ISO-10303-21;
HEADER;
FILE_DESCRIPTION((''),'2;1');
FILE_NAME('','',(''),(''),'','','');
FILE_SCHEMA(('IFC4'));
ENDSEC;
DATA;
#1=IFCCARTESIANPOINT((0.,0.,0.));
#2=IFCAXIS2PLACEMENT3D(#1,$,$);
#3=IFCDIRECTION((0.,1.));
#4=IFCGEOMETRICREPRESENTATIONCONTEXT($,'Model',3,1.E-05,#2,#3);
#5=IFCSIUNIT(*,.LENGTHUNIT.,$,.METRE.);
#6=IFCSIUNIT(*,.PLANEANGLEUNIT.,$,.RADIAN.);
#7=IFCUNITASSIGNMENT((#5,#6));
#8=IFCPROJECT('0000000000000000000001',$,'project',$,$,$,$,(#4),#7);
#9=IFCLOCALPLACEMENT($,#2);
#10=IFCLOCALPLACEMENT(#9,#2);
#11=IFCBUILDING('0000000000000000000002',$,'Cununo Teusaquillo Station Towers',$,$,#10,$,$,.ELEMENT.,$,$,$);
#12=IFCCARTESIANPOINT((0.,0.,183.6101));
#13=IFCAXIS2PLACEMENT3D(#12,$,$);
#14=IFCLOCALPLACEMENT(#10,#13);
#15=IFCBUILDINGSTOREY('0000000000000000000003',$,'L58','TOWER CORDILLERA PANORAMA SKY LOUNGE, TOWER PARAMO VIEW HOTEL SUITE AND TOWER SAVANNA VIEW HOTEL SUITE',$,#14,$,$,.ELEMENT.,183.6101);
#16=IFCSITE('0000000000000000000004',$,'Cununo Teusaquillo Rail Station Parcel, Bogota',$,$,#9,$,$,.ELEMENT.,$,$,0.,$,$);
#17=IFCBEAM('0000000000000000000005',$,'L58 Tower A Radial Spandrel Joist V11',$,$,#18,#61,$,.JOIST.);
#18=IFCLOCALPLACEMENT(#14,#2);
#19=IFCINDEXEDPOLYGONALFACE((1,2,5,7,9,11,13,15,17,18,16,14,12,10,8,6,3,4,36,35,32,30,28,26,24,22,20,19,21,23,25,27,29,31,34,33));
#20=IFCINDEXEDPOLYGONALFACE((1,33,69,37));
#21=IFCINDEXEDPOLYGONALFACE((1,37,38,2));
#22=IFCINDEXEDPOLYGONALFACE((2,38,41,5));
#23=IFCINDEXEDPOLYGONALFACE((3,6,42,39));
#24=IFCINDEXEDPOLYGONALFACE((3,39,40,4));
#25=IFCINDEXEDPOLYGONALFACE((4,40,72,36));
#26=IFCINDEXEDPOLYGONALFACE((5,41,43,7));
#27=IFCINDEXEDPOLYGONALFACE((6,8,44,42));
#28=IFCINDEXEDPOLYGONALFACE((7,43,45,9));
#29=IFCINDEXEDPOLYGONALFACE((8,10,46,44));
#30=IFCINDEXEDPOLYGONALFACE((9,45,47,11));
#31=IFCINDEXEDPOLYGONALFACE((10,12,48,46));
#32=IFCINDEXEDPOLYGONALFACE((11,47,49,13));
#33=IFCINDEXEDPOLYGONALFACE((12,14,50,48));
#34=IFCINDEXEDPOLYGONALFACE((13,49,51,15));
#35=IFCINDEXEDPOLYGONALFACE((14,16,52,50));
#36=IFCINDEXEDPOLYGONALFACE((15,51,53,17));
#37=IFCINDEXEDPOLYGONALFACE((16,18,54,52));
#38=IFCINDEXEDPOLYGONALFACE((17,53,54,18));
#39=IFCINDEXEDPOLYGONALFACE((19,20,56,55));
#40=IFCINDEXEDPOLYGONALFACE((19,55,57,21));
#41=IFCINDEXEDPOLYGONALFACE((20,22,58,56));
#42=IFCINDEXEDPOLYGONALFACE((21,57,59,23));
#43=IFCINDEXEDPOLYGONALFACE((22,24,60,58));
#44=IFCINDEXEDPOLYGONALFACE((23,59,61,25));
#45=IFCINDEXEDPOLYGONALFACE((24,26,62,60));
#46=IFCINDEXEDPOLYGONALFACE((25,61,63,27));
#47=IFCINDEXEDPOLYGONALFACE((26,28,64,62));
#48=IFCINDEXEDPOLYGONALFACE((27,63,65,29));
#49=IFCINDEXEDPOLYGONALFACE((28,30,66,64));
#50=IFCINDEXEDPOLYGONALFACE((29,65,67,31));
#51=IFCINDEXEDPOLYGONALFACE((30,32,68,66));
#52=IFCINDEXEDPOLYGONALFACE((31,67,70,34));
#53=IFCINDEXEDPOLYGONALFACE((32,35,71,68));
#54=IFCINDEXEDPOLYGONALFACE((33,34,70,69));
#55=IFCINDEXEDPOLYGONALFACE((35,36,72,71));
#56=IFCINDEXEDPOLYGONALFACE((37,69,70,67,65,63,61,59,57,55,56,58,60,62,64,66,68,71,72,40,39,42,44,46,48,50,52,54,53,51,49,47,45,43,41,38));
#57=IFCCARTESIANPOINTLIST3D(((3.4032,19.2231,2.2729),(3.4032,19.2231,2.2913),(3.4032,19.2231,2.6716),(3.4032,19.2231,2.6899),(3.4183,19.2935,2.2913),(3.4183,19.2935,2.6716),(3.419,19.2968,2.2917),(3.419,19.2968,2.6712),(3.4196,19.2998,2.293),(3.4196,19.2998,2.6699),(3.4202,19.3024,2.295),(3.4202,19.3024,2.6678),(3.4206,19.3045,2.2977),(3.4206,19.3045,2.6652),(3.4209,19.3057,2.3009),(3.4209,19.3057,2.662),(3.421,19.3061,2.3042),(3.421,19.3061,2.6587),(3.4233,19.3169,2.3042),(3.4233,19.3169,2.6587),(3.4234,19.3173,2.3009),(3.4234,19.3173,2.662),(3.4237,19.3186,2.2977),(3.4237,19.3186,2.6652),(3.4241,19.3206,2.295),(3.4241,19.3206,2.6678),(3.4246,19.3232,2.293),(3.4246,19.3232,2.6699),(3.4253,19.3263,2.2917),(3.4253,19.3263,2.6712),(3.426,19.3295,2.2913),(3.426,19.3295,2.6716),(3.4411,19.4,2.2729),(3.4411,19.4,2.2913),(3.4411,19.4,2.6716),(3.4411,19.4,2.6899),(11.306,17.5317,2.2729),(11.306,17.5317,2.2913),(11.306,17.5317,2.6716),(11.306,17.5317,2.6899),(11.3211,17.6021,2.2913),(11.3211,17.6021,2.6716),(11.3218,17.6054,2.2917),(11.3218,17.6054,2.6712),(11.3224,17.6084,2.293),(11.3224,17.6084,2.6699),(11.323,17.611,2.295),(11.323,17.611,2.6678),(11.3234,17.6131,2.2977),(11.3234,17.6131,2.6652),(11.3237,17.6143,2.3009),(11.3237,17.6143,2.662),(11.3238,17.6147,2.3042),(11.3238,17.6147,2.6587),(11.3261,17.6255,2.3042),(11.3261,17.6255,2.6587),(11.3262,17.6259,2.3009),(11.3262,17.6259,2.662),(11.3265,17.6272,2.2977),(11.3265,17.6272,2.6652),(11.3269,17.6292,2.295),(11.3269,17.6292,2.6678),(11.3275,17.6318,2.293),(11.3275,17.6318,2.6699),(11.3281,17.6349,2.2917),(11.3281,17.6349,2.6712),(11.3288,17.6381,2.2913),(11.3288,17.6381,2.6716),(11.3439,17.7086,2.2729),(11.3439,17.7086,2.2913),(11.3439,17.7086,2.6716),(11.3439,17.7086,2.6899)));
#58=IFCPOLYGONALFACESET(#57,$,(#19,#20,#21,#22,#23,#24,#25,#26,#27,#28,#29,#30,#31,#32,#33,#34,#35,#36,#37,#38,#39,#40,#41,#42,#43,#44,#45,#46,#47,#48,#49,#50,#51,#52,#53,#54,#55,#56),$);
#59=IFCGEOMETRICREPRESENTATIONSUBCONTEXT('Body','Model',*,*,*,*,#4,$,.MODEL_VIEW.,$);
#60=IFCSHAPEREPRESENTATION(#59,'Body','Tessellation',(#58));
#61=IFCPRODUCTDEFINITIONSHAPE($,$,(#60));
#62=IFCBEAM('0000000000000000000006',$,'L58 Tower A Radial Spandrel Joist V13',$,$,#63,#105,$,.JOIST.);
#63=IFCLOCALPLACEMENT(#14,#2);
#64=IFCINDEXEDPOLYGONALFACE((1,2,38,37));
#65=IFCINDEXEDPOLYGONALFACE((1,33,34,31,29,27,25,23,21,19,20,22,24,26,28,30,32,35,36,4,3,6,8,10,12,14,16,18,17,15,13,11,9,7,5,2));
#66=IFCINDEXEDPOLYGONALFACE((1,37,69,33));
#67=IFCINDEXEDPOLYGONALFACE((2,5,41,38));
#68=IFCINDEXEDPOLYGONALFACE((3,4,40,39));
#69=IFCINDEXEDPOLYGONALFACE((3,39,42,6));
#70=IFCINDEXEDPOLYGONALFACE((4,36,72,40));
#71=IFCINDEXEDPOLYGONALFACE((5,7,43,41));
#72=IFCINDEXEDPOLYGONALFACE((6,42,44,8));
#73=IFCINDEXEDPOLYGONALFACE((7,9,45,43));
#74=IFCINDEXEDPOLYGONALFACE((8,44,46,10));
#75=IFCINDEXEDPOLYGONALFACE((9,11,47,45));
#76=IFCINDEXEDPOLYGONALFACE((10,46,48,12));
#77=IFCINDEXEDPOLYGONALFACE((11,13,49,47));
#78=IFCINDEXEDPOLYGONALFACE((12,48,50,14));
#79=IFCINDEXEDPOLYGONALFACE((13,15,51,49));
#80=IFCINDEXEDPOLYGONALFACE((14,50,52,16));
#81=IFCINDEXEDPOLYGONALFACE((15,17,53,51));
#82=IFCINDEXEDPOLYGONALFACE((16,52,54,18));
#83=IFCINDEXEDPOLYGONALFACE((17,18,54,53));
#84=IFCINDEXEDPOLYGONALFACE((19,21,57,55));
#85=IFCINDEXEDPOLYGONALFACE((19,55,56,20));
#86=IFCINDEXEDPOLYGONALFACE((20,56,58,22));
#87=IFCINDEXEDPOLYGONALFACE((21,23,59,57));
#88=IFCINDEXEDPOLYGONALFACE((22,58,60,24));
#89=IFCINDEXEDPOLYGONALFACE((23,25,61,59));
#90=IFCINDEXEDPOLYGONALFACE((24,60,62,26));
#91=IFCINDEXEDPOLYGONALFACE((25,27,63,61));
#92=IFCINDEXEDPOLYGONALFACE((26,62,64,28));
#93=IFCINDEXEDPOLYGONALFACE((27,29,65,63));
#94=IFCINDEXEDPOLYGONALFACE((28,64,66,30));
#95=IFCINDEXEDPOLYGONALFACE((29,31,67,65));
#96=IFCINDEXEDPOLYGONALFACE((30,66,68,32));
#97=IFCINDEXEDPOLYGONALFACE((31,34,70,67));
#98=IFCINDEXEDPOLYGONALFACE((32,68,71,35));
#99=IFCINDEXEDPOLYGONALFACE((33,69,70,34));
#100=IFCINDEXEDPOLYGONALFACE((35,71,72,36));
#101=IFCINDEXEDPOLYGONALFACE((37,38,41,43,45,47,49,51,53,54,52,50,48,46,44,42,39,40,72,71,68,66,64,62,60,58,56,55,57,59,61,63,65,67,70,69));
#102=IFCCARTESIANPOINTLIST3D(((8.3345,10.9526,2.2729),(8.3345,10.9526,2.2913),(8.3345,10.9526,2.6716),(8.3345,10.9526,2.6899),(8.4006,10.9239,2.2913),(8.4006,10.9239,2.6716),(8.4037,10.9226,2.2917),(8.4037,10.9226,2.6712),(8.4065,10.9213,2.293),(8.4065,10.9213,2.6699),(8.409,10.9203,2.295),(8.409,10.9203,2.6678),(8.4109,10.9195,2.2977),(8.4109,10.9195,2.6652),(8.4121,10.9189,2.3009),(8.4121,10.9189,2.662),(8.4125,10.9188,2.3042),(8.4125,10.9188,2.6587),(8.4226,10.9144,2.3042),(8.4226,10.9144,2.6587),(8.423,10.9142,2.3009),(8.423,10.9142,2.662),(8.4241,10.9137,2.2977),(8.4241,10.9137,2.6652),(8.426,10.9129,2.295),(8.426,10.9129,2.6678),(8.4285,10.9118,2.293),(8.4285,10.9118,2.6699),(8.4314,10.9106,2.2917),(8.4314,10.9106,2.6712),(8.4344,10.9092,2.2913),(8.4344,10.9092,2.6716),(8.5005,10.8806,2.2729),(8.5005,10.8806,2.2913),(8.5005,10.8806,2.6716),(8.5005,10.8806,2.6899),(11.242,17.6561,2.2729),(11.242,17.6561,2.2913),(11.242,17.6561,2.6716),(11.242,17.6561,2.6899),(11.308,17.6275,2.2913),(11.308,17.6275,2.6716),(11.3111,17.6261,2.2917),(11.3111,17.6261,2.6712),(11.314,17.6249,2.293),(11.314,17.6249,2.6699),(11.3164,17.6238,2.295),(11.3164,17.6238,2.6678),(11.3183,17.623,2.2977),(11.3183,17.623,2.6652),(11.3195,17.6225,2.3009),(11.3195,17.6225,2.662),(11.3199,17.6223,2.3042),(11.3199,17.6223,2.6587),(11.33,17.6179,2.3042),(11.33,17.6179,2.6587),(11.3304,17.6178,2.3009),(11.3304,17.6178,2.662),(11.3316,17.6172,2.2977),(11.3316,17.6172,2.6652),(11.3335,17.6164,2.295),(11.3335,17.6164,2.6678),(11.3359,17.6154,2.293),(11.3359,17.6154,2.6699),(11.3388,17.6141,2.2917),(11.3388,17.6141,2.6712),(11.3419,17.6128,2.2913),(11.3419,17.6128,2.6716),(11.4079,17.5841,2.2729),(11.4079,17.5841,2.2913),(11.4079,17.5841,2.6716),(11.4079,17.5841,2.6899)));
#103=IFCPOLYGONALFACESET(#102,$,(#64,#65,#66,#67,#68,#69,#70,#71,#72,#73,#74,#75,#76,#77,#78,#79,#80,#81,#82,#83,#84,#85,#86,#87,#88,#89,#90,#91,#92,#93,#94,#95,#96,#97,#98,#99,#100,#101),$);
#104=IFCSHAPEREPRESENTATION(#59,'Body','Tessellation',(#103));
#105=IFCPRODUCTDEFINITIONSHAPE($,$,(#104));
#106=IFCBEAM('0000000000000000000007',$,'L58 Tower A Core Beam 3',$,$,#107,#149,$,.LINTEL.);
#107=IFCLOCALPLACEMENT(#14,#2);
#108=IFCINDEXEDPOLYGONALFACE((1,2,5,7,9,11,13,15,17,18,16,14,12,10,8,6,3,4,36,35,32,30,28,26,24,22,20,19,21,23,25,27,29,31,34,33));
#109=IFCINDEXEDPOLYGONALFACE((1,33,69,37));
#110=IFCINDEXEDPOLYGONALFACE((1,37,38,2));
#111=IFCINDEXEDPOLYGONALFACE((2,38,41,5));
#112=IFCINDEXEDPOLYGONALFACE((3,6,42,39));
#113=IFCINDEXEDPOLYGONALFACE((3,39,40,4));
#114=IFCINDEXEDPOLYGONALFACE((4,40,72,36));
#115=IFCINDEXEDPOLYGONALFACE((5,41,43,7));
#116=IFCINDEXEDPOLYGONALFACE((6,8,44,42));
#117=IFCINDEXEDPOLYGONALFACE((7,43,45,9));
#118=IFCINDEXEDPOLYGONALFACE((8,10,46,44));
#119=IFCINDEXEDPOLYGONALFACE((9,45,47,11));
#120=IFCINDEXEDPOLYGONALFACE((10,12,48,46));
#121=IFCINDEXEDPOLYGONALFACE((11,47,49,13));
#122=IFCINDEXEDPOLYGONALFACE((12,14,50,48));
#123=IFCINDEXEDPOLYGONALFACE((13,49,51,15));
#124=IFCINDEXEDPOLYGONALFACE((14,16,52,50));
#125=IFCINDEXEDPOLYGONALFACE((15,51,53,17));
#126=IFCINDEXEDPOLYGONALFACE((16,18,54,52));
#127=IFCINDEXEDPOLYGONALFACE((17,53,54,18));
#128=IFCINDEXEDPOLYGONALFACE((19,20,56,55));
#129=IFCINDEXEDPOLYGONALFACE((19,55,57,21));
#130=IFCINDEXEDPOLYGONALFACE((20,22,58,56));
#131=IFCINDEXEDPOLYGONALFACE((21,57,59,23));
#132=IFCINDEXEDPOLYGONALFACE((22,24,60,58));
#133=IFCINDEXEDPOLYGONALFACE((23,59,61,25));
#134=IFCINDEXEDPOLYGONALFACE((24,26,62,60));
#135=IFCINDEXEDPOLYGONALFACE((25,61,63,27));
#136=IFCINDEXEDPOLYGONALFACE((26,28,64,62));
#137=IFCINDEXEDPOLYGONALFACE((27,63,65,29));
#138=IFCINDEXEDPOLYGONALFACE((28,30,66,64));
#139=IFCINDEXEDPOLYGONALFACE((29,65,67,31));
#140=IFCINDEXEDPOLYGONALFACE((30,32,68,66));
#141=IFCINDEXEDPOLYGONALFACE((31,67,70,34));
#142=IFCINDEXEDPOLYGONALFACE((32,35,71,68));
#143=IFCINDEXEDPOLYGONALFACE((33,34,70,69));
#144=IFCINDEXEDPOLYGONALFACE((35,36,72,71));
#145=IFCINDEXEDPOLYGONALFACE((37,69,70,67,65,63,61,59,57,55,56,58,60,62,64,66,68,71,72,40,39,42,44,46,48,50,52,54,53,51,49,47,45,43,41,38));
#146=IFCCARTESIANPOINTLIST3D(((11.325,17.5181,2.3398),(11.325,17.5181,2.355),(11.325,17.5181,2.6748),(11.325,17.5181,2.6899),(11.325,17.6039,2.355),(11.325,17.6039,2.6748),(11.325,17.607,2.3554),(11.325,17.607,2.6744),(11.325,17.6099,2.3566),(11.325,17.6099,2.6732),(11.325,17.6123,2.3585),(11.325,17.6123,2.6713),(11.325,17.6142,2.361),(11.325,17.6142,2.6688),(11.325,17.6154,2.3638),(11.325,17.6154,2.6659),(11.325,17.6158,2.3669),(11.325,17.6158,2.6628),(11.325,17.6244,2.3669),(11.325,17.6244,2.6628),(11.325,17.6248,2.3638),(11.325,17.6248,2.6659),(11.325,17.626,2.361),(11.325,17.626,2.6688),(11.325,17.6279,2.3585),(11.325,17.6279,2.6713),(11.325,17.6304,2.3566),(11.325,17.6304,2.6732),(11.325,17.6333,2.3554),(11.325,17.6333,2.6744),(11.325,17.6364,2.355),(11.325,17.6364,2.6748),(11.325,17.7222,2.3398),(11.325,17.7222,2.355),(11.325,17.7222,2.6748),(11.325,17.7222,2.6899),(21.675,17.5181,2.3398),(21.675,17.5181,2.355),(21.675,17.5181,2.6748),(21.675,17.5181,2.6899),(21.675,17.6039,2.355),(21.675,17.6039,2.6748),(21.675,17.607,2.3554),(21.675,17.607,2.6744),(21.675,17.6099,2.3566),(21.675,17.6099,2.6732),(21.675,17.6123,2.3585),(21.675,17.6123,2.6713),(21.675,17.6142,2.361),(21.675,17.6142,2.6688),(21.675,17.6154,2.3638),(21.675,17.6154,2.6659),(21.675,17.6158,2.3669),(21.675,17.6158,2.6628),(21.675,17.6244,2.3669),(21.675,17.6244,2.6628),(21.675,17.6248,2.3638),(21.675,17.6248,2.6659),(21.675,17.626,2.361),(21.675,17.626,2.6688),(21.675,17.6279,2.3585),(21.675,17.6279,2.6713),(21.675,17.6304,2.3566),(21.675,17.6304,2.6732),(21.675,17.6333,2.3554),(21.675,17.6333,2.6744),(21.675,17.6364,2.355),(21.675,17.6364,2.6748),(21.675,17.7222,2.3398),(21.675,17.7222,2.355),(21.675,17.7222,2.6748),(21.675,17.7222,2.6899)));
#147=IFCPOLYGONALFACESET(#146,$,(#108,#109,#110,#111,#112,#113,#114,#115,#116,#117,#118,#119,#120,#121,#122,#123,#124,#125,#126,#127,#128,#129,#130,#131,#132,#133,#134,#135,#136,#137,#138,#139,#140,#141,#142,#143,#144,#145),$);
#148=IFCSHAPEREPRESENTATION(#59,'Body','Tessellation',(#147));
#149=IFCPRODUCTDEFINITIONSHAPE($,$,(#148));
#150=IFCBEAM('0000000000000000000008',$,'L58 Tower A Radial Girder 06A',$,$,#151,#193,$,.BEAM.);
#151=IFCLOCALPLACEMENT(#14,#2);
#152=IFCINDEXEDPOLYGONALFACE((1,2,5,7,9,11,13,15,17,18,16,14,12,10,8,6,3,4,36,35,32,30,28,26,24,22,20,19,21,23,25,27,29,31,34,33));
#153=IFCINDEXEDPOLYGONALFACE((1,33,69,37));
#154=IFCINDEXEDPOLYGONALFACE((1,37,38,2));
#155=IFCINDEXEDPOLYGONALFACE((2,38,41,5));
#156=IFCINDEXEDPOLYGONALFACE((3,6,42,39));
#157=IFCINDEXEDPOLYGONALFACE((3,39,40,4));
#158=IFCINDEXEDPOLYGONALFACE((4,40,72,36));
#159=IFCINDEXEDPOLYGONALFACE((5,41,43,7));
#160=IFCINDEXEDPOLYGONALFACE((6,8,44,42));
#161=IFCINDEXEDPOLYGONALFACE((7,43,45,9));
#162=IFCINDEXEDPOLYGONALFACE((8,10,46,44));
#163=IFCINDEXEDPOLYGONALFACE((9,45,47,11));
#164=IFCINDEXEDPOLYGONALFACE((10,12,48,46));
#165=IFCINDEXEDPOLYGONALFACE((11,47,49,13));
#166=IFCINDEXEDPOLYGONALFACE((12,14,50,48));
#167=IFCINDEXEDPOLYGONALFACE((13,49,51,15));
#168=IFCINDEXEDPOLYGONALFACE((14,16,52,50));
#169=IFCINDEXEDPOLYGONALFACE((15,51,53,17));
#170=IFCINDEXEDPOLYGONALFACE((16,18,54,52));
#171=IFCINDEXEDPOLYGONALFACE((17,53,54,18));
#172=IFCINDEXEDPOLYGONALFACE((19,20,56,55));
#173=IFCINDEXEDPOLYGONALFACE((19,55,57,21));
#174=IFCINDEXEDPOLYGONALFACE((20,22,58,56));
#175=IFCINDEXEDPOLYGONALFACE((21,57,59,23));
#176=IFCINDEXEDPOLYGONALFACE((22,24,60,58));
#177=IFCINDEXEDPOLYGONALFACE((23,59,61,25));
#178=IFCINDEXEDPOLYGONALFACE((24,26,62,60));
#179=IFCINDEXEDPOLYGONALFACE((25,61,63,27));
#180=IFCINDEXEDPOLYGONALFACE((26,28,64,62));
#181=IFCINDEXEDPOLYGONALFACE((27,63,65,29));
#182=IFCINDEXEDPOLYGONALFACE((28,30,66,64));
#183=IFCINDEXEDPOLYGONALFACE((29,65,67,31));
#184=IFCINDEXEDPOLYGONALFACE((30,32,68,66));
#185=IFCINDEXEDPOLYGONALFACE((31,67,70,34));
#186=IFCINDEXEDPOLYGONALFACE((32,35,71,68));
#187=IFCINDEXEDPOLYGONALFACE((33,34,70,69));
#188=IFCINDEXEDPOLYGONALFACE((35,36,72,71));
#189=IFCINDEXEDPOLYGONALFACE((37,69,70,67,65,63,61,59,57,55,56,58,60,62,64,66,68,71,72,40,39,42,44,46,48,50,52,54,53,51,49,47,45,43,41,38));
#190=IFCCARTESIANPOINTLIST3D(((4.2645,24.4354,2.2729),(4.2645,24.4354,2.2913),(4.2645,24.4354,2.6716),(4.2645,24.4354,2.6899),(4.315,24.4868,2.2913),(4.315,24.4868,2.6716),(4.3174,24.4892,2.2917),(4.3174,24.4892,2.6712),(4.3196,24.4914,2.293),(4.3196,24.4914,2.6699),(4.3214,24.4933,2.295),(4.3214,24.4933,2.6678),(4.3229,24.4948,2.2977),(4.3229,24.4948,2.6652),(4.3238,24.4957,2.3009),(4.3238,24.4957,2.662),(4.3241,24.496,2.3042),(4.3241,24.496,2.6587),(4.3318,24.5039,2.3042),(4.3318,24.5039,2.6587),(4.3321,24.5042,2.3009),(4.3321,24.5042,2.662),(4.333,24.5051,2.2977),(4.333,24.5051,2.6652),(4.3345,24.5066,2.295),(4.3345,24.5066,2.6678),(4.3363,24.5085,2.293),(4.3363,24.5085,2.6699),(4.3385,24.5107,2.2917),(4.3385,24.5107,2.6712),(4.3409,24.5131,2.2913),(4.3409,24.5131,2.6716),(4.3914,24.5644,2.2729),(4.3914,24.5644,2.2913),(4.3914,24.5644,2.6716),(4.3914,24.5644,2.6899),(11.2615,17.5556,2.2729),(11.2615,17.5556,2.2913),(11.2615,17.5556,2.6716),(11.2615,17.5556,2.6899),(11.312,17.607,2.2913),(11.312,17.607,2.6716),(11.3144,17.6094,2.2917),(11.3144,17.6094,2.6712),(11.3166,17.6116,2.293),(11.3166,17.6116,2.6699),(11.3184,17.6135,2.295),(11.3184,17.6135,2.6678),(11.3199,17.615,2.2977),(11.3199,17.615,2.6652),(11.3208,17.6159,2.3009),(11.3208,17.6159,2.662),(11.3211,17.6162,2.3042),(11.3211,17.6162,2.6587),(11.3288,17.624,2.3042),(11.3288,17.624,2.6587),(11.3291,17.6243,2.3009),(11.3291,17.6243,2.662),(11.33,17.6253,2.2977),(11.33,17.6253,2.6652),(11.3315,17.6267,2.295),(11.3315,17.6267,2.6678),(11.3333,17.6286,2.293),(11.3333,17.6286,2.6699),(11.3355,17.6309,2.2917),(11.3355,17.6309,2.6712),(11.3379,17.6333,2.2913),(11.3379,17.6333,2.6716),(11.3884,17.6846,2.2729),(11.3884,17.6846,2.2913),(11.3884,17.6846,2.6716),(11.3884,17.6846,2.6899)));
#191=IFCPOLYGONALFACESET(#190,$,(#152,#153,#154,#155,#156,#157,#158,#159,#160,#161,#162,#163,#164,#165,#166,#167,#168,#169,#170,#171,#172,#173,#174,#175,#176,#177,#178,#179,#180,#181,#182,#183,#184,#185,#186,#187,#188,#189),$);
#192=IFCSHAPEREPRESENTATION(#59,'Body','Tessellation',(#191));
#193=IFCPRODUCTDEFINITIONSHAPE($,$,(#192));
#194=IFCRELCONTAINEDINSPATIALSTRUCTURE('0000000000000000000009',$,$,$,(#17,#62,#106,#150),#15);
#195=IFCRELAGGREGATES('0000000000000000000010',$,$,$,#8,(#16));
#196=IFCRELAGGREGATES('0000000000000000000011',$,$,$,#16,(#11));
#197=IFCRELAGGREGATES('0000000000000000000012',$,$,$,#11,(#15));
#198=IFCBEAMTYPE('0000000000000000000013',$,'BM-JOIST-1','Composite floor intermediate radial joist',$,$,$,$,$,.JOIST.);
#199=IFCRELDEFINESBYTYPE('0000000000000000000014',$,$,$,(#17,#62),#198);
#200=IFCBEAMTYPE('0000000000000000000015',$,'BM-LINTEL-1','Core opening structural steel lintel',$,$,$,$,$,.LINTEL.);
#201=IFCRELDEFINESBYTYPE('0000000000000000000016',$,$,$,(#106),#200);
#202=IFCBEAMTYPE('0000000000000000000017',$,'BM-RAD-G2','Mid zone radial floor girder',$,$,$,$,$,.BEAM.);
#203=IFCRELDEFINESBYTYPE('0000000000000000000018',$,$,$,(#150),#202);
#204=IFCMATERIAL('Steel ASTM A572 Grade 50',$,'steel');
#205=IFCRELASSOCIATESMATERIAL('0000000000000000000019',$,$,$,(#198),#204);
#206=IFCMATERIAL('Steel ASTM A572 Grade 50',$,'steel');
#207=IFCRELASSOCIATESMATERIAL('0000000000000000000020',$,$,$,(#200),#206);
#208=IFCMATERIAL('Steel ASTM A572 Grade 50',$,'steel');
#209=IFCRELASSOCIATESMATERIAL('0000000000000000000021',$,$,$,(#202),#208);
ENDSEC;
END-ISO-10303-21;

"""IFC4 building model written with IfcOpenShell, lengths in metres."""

from ifc_helpers import new_model, si_unit, direction, frame, origin, origin_2d, place, context, subcontext, project, spatial, i_section, extrude, material, material_profile, profile_set, type_object, element, save


model = new_model("IFC4")

# Units and contexts
model_context = context("Model", 3, precision=1e-05, world=origin(), true_north=direction((0.0, 1.0)))
body_context = subcontext(model_context, "Body", "Model", "MODEL_VIEW")
ifc_project = project(units=[si_unit("LENGTHUNIT", "METRE"), si_unit("PLANEANGLEUNIT", "RADIAN")], contexts=[model_context])

# Site, building, storey
site_placement = place(None, origin())
site = spatial("IfcSite", under=ifc_project, at=site_placement, Name="Cununo Teusaquillo Rail Station Parcel, Bogota", CompositionType="ELEMENT", RefElevation=0.0)
building_placement = place(site_placement, origin())
building = spatial("IfcBuilding", under=site, at=building_placement, Name="Cununo Teusaquillo Station Towers", CompositionType="ELEMENT")
storey_placement = place(building_placement, frame((0.0, 0.0, 183.6101)))
storey = spatial("IfcBuildingStorey", under=building, at=storey_placement, Name="L58", Description="TOWER CORDILLERA PANORAMA SKY LOUNGE, TOWER PARAMO VIEW HOTEL SUITE AND TOWER SAVANNA VIEW HOTEL SUITE", CompositionType="ELEMENT", Elevation=183.6101)

# Beams
ifc_material_1 = material(Name="Steel ASTM A572 Grade 50", Category="steel")
ifc_material_profile_1 = material_profile(ifc_material_1, i_section(OverallWidth=0.1809, OverallDepth=0.417, WebThickness=0.011, FlangeThickness=0.0183, FilletRadius=0.0129, at=origin_2d()), Name="W16X57")
ifc_profile_set_1 = profile_set([ifc_material_profile_1], Name="Steel ASTM A572 Grade 50")
beam_type_1 = type_object("IfcBeamType", Name="BM-JOIST-1", Description="Composite floor intermediate radial joist", PredefinedType="JOIST", material=ifc_profile_set_1)
beam_1_placement = place(storey_placement, frame((11.325, 17.6201, 2.4814), z_axis=(-0.977855, 0.209286, 0.0), x_axis=(-0.209286, -0.977855, 0.0)))
element("IfcBeam", 1, at=beam_1_placement, inside=storey, type_object=beam_type_1, Name="L58 Tower A Radial Spandrel Joist V11", PredefinedType="JOIST", context=body_context, shape_type="SweptSolid", body=[
    extrude(i_section(OverallWidth=0.1809, OverallDepth=0.417, WebThickness=0.011, FlangeThickness=0.0183, FilletRadius=0.0129, at=origin_2d()), origin(), (0.0, 0.0, 1.0), 8.0818),
])
beam_2_placement = place(storey_placement, frame((11.325, 17.6201, 2.4814), z_axis=(-0.397904, -0.917427, 0.0), x_axis=(0.917427, -0.397904, 0.0)))
element("IfcBeam", 2, at=beam_2_placement, inside=storey, type_object=beam_type_1, Name="L58 Tower A Radial Spandrel Joist V13", PredefinedType="JOIST", context=body_context, shape_type="SweptSolid", body=[
    extrude(i_section(OverallWidth=0.1809, OverallDepth=0.417, WebThickness=0.011, FlangeThickness=0.0183, FilletRadius=0.0129, at=origin_2d()), origin(), (0.0, 0.0, 1.0), 7.3069),
])
ifc_material_2 = material(Name="Steel ASTM A572 Grade 50", Category="steel")
ifc_material_profile_2 = material_profile(ifc_material_2, i_section(OverallWidth=0.2041, OverallDepth=0.3501, WebThickness=0.0085, FlangeThickness=0.0151, FilletRadius=0.012, at=origin_2d()), Name="W14X48")
ifc_profile_set_2 = profile_set([ifc_material_profile_2], Name="Steel ASTM A572 Grade 50")
beam_type_2 = type_object("IfcBeamType", Name="BM-LINTEL-1", Description="Core opening structural steel lintel", PredefinedType="LINTEL", material=ifc_profile_set_2)
beam_3_placement = place(storey_placement, frame((11.325, 17.6201, 2.5149), z_axis=(1.0, 0.0, 0.0), x_axis=(0.0, 1.0, 0.0)))
element("IfcBeam", 3, at=beam_3_placement, inside=storey, type_object=beam_type_2, Name="L58 Tower A Core Beam 3", PredefinedType="LINTEL", context=body_context, shape_type="SweptSolid", body=[
    extrude(i_section(OverallWidth=0.2041, OverallDepth=0.3501, WebThickness=0.0085, FlangeThickness=0.0151, FilletRadius=0.012, at=origin_2d()), origin(), (0.0, 0.0, 1.0), 10.3501),
])
ifc_material_3 = material(Name="Steel ASTM A572 Grade 50", Category="steel")
ifc_material_profile_3 = material_profile(ifc_material_3, i_section(OverallWidth=0.1809, OverallDepth=0.417, WebThickness=0.011, FlangeThickness=0.0183, FilletRadius=0.0129, at=origin_2d()), Name="W16X57")
ifc_profile_set_3 = profile_set([ifc_material_profile_3], Name="Steel ASTM A572 Grade 50")
beam_type_3 = type_object("IfcBeamType", Name="BM-RAD-G2", Description="Mid zone radial floor girder", PredefinedType="BEAM", material=ifc_profile_set_3)
beam_4_placement = place(storey_placement, frame((11.325, 17.6201, 2.4814), z_axis=(-0.713053, 0.70111, 0.0), x_axis=(-0.70111, -0.713053, 0.0)))
element("IfcBeam", 4, at=beam_4_placement, inside=storey, type_object=beam_type_3, Name="L58 Tower A Radial Girder 06A", PredefinedType="BEAM", context=body_context, shape_type="SweptSolid", body=[
    extrude(i_section(OverallWidth=0.1809, OverallDepth=0.417, WebThickness=0.011, FlangeThickness=0.0183, FilletRadius=0.0129, at=origin_2d()), origin(), (0.0, 0.0, 1.0), 9.8127),
])

save(model, "model.ifc")
